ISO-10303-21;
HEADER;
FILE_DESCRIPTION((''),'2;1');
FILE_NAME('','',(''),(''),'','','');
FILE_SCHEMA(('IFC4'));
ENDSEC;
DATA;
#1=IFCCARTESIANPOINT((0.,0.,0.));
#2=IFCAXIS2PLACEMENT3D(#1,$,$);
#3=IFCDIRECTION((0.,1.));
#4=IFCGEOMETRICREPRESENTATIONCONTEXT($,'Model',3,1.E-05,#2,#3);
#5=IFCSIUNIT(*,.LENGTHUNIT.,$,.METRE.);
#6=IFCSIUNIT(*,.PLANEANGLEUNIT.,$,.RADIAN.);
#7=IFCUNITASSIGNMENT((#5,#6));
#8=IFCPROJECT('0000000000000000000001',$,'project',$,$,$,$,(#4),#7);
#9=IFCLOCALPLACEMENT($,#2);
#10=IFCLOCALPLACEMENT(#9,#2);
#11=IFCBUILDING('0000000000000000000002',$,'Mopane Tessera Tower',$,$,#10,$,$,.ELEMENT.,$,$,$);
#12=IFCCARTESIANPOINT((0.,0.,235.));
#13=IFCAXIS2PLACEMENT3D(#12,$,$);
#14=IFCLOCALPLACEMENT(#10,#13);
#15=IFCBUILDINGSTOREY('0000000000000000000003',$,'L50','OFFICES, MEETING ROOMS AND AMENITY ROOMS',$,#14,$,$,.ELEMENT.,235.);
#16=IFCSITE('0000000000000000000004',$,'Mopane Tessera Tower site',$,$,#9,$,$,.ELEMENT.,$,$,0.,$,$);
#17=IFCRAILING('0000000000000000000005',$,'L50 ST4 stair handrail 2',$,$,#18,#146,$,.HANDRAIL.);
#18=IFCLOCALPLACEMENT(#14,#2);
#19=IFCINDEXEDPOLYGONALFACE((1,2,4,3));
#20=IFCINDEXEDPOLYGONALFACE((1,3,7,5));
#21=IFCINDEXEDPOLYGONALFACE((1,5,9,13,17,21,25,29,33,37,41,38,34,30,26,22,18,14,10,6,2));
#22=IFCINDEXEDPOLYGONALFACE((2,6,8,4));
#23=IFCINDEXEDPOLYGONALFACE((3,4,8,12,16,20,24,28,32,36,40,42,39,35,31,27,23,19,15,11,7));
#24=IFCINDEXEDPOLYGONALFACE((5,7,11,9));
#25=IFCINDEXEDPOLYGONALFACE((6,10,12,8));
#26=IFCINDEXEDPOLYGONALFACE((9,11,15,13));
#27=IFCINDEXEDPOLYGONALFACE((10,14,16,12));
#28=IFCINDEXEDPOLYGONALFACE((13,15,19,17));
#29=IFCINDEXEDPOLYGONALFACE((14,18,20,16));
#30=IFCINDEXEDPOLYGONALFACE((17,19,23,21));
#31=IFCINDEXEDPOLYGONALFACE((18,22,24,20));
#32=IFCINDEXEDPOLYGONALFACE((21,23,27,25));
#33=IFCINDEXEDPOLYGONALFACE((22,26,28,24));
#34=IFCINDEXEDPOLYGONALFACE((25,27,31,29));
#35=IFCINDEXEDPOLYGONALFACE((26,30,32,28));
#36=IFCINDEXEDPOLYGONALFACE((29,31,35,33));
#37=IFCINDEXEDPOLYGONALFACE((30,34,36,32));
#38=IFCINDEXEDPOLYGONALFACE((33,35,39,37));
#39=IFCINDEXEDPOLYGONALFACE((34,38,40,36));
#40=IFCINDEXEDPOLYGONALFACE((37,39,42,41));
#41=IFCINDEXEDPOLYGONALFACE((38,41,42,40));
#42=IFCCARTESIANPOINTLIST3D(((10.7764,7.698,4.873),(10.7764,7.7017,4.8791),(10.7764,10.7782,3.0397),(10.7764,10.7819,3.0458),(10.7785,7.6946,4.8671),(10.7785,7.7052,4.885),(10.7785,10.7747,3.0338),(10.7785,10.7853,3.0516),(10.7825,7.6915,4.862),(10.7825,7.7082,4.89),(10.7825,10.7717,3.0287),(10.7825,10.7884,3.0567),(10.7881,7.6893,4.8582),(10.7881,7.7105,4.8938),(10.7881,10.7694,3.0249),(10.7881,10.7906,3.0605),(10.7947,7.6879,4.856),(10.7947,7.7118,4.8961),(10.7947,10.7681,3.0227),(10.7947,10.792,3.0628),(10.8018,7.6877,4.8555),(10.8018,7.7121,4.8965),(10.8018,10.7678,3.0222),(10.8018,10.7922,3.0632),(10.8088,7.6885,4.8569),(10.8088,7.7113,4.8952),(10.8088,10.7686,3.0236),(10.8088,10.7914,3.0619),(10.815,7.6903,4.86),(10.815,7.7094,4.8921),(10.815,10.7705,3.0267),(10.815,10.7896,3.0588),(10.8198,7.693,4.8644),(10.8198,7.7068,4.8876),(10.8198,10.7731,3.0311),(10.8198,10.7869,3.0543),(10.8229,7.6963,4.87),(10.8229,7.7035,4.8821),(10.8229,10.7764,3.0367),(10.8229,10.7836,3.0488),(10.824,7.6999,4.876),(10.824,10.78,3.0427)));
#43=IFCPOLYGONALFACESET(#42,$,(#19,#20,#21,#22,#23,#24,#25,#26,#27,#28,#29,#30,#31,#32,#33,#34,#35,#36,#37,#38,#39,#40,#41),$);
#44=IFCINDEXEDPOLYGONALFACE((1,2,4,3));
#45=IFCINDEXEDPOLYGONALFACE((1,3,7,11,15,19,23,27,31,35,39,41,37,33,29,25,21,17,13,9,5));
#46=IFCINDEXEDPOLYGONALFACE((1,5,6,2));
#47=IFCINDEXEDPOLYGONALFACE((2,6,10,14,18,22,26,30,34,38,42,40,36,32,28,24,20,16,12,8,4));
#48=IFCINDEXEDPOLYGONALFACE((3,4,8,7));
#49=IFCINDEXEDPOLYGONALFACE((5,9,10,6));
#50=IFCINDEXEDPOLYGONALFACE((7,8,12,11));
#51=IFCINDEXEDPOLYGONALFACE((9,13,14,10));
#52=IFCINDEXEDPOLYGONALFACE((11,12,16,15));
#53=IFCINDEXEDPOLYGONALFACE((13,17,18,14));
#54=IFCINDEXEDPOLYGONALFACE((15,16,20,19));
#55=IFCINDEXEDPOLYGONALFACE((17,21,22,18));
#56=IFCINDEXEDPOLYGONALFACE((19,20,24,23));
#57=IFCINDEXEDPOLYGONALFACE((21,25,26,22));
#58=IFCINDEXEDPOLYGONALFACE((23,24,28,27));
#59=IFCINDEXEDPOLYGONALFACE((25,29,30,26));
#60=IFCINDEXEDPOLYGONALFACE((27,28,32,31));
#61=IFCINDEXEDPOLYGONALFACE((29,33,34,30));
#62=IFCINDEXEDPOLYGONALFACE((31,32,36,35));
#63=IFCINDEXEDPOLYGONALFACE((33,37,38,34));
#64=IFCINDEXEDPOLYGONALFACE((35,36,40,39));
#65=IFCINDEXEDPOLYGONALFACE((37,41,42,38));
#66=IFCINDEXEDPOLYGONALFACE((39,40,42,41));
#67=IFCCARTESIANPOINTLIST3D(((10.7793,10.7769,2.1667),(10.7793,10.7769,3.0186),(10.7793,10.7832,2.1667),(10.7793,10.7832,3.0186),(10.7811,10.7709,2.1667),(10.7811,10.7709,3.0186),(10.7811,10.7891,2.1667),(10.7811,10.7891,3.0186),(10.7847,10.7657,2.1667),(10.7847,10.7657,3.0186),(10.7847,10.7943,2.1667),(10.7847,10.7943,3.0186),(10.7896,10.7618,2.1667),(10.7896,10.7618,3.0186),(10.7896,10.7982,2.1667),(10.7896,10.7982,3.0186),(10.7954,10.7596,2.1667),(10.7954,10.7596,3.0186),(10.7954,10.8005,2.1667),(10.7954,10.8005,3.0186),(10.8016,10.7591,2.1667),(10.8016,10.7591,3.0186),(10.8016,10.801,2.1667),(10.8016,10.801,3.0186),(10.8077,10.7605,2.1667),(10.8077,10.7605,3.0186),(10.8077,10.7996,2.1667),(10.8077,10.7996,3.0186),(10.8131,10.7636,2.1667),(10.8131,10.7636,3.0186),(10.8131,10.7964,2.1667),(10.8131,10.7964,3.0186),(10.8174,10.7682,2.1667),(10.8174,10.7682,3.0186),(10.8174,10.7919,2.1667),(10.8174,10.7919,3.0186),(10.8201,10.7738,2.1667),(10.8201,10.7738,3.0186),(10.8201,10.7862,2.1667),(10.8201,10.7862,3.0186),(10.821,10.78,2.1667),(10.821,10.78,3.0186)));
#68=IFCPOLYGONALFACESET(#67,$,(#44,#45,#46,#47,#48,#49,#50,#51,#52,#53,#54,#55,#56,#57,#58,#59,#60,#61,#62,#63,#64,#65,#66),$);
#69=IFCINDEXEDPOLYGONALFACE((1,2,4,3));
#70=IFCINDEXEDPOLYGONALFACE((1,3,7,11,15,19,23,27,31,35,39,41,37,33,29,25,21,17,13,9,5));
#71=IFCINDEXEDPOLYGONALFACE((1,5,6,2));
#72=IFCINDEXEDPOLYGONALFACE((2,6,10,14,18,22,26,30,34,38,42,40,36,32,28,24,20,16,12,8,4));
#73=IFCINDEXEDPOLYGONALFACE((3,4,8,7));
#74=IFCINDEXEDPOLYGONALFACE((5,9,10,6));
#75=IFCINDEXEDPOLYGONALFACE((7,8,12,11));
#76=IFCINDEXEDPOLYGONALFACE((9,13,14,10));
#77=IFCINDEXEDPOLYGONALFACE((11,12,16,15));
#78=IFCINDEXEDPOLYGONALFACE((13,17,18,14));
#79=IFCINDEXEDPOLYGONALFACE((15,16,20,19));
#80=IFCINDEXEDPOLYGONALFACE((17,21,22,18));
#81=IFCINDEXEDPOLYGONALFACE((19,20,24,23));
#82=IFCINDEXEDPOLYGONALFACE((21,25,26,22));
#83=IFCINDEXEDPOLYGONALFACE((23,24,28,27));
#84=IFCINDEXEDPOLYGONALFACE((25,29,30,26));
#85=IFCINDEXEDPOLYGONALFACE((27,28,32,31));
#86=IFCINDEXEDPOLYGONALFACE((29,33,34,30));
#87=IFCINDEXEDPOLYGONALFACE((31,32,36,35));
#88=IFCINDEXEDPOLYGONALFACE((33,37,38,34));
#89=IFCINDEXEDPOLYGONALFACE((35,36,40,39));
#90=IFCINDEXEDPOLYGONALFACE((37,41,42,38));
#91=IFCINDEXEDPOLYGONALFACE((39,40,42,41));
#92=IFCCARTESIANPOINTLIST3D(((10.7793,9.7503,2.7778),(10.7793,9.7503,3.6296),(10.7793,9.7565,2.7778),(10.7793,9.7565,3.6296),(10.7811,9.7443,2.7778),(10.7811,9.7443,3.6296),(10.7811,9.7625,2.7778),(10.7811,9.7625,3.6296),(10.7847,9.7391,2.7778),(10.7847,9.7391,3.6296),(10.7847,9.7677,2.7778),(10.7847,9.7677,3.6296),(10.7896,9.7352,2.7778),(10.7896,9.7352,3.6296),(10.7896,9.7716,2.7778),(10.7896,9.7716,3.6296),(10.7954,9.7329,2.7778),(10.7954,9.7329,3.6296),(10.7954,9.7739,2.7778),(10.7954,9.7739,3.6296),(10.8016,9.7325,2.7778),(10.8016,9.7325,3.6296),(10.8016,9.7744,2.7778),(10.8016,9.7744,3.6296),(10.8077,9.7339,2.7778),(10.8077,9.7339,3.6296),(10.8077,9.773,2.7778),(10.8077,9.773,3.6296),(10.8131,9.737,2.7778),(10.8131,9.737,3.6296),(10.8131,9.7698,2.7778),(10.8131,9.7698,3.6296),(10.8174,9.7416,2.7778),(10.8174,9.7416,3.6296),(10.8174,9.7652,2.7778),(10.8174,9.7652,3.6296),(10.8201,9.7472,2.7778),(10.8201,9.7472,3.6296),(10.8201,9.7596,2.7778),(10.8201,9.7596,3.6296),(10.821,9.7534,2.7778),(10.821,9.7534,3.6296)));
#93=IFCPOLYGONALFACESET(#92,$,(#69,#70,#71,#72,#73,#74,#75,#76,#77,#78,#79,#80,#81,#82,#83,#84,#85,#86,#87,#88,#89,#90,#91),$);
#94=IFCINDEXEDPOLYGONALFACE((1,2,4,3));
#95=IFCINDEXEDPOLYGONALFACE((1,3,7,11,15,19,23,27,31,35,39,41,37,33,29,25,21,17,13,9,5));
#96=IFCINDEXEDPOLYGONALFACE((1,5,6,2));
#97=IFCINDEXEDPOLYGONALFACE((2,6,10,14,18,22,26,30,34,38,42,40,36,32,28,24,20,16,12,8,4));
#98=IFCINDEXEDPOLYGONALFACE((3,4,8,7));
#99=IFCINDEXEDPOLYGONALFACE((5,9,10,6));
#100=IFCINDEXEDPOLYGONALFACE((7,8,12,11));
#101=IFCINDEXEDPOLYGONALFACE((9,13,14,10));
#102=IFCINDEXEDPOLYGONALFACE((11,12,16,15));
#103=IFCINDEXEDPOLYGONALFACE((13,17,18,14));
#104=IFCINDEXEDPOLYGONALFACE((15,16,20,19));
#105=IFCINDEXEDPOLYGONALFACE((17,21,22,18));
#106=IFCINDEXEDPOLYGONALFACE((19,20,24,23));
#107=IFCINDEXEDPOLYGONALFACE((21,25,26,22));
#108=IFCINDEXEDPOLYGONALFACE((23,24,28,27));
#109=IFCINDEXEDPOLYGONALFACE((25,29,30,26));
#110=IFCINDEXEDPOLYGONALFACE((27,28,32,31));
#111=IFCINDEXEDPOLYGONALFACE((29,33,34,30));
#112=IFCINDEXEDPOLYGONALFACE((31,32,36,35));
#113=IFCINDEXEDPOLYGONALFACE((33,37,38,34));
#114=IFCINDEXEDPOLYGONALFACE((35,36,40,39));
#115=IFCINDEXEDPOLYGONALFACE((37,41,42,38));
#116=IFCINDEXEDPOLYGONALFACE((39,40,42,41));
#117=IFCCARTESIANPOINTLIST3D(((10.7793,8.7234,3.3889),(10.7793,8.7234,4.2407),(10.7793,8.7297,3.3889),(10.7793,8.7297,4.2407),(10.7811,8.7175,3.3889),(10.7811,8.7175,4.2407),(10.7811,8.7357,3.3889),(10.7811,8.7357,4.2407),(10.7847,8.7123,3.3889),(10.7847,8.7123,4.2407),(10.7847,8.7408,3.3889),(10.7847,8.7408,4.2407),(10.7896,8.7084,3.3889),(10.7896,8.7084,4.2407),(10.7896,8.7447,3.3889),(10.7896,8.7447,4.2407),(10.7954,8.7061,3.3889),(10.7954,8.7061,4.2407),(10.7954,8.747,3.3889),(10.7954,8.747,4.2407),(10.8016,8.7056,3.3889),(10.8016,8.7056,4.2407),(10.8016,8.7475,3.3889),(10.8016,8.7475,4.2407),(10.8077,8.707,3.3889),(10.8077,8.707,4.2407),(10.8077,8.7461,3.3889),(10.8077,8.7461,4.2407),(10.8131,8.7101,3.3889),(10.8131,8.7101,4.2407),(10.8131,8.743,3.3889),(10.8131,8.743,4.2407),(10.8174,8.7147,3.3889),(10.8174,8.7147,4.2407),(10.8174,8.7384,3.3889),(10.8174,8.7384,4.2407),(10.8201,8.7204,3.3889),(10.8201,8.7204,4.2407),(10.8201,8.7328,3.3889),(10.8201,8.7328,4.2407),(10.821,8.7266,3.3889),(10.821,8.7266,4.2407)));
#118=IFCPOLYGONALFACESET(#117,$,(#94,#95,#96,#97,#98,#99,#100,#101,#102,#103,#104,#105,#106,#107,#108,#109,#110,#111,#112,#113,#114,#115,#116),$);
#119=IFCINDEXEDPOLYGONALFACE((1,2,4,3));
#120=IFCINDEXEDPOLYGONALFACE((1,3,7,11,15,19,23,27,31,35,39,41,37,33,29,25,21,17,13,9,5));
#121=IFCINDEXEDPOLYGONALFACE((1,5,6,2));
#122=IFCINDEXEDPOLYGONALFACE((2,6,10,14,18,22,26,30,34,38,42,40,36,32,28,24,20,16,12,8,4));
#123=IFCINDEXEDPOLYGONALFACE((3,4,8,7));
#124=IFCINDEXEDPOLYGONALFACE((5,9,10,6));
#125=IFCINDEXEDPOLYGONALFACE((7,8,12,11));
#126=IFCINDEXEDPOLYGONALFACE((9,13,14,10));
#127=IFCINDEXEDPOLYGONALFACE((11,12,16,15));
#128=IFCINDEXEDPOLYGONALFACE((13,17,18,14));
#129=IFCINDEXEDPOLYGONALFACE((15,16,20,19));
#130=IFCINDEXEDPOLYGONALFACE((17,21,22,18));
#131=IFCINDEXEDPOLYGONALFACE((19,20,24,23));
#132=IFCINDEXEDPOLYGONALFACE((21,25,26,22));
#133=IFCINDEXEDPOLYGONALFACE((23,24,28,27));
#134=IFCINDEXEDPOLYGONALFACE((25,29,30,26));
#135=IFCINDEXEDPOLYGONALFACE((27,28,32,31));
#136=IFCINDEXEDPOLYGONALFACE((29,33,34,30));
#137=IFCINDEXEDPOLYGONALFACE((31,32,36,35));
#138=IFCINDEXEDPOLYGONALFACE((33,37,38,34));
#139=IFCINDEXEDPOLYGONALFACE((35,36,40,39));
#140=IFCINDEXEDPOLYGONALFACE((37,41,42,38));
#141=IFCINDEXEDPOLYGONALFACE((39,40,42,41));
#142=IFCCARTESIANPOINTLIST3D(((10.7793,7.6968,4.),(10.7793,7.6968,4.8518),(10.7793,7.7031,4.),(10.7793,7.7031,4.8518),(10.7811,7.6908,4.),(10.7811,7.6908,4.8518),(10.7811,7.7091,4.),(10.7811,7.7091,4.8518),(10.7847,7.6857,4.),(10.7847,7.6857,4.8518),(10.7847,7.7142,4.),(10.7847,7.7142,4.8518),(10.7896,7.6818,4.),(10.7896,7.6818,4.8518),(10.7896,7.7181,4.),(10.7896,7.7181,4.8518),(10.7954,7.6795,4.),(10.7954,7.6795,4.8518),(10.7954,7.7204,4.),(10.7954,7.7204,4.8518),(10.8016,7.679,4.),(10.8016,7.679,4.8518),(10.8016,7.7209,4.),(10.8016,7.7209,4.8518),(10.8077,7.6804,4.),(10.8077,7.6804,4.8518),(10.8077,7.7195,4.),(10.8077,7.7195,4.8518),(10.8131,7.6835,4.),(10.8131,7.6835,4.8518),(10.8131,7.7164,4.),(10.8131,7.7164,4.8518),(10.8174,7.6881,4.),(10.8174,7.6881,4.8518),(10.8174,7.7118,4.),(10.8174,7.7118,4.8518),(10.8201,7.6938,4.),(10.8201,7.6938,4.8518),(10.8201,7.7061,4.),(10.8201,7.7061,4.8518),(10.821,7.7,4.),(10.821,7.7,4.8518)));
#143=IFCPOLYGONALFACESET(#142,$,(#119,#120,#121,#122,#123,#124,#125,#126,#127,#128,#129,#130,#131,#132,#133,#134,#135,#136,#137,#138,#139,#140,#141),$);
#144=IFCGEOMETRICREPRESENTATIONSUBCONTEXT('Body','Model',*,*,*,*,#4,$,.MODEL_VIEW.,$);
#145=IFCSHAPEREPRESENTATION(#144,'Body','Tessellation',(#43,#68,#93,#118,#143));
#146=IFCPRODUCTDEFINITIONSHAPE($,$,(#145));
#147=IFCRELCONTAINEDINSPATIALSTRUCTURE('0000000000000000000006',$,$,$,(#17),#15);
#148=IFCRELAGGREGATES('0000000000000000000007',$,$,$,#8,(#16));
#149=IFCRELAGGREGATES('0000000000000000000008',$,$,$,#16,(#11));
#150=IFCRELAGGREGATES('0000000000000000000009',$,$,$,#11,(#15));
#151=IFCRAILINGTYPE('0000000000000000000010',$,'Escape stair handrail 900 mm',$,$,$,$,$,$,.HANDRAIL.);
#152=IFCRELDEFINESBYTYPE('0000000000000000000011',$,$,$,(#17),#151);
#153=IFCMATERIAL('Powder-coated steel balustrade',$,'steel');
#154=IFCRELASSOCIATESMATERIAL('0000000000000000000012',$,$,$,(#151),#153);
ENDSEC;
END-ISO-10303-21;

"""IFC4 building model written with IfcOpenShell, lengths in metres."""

from ifc_helpers import new_model, si_unit, direction, frame, origin, origin_2d, place, context, subcontext, project, spatial, circle, extrude, material, type_object, element, save


model = new_model("IFC4")

# Units and contexts
model_context = context("Model", 3, precision=1e-05, world=origin(), true_north=direction((0.0, 1.0)))
body_context = subcontext(model_context, "Body", "Model", "MODEL_VIEW")
ifc_project = project(units=[si_unit("LENGTHUNIT", "METRE"), si_unit("PLANEANGLEUNIT", "RADIAN")], contexts=[model_context])

# Site, building, storey
site_placement = place(None, origin())
site = spatial("IfcSite", under=ifc_project, at=site_placement, Name="Mopane Tessera Tower site", CompositionType="ELEMENT", RefElevation=0.0)
building_placement = place(site_placement, origin())
building = spatial("IfcBuilding", under=site, at=building_placement, Name="Mopane Tessera Tower", CompositionType="ELEMENT")
storey_placement = place(building_placement, frame((0.0, 0.0, 235.0)))
storey = spatial("IfcBuildingStorey", under=building, at=storey_placement, Name="L50", Description="OFFICES, MEETING ROOMS AND AMENITY ROOMS", CompositionType="ELEMENT", Elevation=235.0)

# Railing
ifc_material_1 = material(Name="Powder-coated steel balustrade", Category="steel")
railing_type_1 = type_object("IfcRailingType", Name="Escape stair handrail 900 mm", PredefinedType="HANDRAIL", material=ifc_material_1)
railing_1_placement = place(storey_placement, frame((10.8, 10.78, 2.1667)))
element("IfcRailing", 1, at=railing_1_placement, inside=storey, type_object=railing_type_1, Name="L50 ST4 stair handrail 2", PredefinedType="HANDRAIL", context=body_context, shape_type="SweptSolid", body=[
    extrude(circle(Radius=0.0239, at=origin_2d()), frame((0.0, 0.0, 0.876), z_axis=(0.0, -0.859309, 0.511458), x_axis=(1.0, 0.0, 0.0)), (0.0, 0.0, 1.0), 3.5845),
    extrude(circle(Radius=0.021, at=origin_2d()), origin(), (0.0, 0.0, 1.0), 0.8518),
    extrude(circle(Radius=0.021, at=origin_2d()), frame((0.0, -1.0266, 0.6111)), (0.0, 0.0, 1.0), 0.8518),
    extrude(circle(Radius=0.021, at=origin_2d()), frame((0.0, -2.0535, 1.2222)), (0.0, 0.0, 1.0), 0.8518),
    extrude(circle(Radius=0.021, at=origin_2d()), frame((0.0, -3.0801, 1.8333)), (0.0, 0.0, 1.0), 0.8518),
])

save(model, "model.ifc")
